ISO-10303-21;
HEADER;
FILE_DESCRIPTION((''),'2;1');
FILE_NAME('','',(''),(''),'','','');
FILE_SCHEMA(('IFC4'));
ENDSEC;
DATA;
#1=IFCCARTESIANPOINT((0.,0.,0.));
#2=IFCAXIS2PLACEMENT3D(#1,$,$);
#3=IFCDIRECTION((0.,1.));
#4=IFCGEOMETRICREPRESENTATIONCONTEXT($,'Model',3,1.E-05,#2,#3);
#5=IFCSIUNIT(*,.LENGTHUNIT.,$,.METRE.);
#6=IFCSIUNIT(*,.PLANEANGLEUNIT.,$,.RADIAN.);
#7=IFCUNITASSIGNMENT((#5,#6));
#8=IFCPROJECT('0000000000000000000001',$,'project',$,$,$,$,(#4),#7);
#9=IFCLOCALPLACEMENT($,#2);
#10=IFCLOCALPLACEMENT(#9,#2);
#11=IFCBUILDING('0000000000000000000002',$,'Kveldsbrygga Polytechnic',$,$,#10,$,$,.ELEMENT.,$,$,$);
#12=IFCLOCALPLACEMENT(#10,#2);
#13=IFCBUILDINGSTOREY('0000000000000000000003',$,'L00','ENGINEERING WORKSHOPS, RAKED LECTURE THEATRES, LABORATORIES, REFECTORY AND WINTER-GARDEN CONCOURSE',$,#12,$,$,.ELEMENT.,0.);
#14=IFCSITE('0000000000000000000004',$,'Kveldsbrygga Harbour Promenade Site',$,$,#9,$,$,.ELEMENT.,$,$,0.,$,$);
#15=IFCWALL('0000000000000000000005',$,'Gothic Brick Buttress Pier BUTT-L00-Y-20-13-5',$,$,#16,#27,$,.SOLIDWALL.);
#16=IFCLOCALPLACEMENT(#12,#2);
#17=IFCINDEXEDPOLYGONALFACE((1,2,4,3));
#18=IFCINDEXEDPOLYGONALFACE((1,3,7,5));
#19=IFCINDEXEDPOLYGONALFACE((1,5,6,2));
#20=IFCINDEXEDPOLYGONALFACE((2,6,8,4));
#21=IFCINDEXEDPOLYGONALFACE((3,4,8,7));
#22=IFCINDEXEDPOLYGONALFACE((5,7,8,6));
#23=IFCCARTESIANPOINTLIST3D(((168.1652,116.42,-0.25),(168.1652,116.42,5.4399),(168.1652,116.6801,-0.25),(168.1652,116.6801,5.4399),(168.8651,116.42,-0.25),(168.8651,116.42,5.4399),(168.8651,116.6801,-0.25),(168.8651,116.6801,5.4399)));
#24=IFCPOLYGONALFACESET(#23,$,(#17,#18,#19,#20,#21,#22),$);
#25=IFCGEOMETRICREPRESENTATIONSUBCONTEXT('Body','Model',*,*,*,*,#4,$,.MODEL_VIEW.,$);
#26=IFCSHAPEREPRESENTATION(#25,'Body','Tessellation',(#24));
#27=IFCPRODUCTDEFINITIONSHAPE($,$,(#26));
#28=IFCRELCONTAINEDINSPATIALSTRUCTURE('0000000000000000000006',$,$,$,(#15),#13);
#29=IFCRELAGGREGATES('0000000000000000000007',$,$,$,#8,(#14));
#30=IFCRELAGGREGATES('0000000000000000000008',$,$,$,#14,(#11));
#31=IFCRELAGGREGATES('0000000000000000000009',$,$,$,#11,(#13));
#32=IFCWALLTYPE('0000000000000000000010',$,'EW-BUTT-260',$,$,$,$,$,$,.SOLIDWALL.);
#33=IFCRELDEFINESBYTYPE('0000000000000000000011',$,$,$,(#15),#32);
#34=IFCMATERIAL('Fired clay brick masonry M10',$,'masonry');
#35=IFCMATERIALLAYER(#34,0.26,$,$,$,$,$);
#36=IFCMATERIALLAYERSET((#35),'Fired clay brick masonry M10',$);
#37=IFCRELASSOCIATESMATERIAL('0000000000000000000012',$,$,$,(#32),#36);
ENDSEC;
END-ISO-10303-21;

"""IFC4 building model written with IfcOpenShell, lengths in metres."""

from ifc_helpers import new_model, si_unit, direction, frame, frame_2d, origin, place, context, subcontext, project, spatial, rectangle, extrude, material, layer, layer_set, type_object, element, save


model = new_model("IFC4")

# Units and contexts
model_context = context("Model", 3, precision=1e-05, world=origin(), true_north=direction((0.0, 1.0)))
body_context = subcontext(model_context, "Body", "Model", "MODEL_VIEW")
ifc_project = project(units=[si_unit("LENGTHUNIT", "METRE"), si_unit("PLANEANGLEUNIT", "RADIAN")], contexts=[model_context])

# Site, building, storey
site_placement = place(None, origin())
site = spatial("IfcSite", under=ifc_project, at=site_placement, Name="Kveldsbrygga Harbour Promenade Site", CompositionType="ELEMENT", RefElevation=0.0)
building_placement = place(site_placement, origin())
building = spatial("IfcBuilding", under=site, at=building_placement, Name="Kveldsbrygga Polytechnic", CompositionType="ELEMENT")
storey_placement = place(building_placement, origin())
storey = spatial("IfcBuildingStorey", under=building, at=storey_placement, Name="L00", Description="ENGINEERING WORKSHOPS, RAKED LECTURE THEATRES, LABORATORIES, REFECTORY AND WINTER-GARDEN CONCOURSE", CompositionType="ELEMENT", Elevation=0.0)

# Shared definitions
ifc_material_1 = material(Name="Fired clay brick masonry M10", Category="masonry")

# Wall
ifc_layer_1 = layer(ifc_material_1, 0.26)
ifc_layer_set_1 = layer_set([ifc_layer_1], Name="Fired clay brick masonry M10")
wall_type_1 = type_object("IfcWallType", Name="EW-BUTT-260", PredefinedType="SOLIDWALL", material=ifc_layer_set_1)
for number, where, z_axis, x_axis, name in (
    (1, (168.165, 116.55, -0.25), (0.0, 0.0, 1.0), (1.0, 0.0, 0.0), "Gothic Brick Buttress Pier BUTT-L00-Y-20-13-5"),
):
    element("IfcWall", number, at=place(storey_placement, frame(where, z_axis=z_axis, x_axis=x_axis)), inside=storey, type_object=wall_type_1, Name=name, PredefinedType="SOLIDWALL", context=body_context, shape_type="SweptSolid", body=[
        extrude(rectangle(XDim=0.7, YDim=0.26, at=frame_2d((0.3501, 0.0))), origin(), (0.0, 0.0, 1.0), 5.6899),
    ])

save(model, "model.ifc")
